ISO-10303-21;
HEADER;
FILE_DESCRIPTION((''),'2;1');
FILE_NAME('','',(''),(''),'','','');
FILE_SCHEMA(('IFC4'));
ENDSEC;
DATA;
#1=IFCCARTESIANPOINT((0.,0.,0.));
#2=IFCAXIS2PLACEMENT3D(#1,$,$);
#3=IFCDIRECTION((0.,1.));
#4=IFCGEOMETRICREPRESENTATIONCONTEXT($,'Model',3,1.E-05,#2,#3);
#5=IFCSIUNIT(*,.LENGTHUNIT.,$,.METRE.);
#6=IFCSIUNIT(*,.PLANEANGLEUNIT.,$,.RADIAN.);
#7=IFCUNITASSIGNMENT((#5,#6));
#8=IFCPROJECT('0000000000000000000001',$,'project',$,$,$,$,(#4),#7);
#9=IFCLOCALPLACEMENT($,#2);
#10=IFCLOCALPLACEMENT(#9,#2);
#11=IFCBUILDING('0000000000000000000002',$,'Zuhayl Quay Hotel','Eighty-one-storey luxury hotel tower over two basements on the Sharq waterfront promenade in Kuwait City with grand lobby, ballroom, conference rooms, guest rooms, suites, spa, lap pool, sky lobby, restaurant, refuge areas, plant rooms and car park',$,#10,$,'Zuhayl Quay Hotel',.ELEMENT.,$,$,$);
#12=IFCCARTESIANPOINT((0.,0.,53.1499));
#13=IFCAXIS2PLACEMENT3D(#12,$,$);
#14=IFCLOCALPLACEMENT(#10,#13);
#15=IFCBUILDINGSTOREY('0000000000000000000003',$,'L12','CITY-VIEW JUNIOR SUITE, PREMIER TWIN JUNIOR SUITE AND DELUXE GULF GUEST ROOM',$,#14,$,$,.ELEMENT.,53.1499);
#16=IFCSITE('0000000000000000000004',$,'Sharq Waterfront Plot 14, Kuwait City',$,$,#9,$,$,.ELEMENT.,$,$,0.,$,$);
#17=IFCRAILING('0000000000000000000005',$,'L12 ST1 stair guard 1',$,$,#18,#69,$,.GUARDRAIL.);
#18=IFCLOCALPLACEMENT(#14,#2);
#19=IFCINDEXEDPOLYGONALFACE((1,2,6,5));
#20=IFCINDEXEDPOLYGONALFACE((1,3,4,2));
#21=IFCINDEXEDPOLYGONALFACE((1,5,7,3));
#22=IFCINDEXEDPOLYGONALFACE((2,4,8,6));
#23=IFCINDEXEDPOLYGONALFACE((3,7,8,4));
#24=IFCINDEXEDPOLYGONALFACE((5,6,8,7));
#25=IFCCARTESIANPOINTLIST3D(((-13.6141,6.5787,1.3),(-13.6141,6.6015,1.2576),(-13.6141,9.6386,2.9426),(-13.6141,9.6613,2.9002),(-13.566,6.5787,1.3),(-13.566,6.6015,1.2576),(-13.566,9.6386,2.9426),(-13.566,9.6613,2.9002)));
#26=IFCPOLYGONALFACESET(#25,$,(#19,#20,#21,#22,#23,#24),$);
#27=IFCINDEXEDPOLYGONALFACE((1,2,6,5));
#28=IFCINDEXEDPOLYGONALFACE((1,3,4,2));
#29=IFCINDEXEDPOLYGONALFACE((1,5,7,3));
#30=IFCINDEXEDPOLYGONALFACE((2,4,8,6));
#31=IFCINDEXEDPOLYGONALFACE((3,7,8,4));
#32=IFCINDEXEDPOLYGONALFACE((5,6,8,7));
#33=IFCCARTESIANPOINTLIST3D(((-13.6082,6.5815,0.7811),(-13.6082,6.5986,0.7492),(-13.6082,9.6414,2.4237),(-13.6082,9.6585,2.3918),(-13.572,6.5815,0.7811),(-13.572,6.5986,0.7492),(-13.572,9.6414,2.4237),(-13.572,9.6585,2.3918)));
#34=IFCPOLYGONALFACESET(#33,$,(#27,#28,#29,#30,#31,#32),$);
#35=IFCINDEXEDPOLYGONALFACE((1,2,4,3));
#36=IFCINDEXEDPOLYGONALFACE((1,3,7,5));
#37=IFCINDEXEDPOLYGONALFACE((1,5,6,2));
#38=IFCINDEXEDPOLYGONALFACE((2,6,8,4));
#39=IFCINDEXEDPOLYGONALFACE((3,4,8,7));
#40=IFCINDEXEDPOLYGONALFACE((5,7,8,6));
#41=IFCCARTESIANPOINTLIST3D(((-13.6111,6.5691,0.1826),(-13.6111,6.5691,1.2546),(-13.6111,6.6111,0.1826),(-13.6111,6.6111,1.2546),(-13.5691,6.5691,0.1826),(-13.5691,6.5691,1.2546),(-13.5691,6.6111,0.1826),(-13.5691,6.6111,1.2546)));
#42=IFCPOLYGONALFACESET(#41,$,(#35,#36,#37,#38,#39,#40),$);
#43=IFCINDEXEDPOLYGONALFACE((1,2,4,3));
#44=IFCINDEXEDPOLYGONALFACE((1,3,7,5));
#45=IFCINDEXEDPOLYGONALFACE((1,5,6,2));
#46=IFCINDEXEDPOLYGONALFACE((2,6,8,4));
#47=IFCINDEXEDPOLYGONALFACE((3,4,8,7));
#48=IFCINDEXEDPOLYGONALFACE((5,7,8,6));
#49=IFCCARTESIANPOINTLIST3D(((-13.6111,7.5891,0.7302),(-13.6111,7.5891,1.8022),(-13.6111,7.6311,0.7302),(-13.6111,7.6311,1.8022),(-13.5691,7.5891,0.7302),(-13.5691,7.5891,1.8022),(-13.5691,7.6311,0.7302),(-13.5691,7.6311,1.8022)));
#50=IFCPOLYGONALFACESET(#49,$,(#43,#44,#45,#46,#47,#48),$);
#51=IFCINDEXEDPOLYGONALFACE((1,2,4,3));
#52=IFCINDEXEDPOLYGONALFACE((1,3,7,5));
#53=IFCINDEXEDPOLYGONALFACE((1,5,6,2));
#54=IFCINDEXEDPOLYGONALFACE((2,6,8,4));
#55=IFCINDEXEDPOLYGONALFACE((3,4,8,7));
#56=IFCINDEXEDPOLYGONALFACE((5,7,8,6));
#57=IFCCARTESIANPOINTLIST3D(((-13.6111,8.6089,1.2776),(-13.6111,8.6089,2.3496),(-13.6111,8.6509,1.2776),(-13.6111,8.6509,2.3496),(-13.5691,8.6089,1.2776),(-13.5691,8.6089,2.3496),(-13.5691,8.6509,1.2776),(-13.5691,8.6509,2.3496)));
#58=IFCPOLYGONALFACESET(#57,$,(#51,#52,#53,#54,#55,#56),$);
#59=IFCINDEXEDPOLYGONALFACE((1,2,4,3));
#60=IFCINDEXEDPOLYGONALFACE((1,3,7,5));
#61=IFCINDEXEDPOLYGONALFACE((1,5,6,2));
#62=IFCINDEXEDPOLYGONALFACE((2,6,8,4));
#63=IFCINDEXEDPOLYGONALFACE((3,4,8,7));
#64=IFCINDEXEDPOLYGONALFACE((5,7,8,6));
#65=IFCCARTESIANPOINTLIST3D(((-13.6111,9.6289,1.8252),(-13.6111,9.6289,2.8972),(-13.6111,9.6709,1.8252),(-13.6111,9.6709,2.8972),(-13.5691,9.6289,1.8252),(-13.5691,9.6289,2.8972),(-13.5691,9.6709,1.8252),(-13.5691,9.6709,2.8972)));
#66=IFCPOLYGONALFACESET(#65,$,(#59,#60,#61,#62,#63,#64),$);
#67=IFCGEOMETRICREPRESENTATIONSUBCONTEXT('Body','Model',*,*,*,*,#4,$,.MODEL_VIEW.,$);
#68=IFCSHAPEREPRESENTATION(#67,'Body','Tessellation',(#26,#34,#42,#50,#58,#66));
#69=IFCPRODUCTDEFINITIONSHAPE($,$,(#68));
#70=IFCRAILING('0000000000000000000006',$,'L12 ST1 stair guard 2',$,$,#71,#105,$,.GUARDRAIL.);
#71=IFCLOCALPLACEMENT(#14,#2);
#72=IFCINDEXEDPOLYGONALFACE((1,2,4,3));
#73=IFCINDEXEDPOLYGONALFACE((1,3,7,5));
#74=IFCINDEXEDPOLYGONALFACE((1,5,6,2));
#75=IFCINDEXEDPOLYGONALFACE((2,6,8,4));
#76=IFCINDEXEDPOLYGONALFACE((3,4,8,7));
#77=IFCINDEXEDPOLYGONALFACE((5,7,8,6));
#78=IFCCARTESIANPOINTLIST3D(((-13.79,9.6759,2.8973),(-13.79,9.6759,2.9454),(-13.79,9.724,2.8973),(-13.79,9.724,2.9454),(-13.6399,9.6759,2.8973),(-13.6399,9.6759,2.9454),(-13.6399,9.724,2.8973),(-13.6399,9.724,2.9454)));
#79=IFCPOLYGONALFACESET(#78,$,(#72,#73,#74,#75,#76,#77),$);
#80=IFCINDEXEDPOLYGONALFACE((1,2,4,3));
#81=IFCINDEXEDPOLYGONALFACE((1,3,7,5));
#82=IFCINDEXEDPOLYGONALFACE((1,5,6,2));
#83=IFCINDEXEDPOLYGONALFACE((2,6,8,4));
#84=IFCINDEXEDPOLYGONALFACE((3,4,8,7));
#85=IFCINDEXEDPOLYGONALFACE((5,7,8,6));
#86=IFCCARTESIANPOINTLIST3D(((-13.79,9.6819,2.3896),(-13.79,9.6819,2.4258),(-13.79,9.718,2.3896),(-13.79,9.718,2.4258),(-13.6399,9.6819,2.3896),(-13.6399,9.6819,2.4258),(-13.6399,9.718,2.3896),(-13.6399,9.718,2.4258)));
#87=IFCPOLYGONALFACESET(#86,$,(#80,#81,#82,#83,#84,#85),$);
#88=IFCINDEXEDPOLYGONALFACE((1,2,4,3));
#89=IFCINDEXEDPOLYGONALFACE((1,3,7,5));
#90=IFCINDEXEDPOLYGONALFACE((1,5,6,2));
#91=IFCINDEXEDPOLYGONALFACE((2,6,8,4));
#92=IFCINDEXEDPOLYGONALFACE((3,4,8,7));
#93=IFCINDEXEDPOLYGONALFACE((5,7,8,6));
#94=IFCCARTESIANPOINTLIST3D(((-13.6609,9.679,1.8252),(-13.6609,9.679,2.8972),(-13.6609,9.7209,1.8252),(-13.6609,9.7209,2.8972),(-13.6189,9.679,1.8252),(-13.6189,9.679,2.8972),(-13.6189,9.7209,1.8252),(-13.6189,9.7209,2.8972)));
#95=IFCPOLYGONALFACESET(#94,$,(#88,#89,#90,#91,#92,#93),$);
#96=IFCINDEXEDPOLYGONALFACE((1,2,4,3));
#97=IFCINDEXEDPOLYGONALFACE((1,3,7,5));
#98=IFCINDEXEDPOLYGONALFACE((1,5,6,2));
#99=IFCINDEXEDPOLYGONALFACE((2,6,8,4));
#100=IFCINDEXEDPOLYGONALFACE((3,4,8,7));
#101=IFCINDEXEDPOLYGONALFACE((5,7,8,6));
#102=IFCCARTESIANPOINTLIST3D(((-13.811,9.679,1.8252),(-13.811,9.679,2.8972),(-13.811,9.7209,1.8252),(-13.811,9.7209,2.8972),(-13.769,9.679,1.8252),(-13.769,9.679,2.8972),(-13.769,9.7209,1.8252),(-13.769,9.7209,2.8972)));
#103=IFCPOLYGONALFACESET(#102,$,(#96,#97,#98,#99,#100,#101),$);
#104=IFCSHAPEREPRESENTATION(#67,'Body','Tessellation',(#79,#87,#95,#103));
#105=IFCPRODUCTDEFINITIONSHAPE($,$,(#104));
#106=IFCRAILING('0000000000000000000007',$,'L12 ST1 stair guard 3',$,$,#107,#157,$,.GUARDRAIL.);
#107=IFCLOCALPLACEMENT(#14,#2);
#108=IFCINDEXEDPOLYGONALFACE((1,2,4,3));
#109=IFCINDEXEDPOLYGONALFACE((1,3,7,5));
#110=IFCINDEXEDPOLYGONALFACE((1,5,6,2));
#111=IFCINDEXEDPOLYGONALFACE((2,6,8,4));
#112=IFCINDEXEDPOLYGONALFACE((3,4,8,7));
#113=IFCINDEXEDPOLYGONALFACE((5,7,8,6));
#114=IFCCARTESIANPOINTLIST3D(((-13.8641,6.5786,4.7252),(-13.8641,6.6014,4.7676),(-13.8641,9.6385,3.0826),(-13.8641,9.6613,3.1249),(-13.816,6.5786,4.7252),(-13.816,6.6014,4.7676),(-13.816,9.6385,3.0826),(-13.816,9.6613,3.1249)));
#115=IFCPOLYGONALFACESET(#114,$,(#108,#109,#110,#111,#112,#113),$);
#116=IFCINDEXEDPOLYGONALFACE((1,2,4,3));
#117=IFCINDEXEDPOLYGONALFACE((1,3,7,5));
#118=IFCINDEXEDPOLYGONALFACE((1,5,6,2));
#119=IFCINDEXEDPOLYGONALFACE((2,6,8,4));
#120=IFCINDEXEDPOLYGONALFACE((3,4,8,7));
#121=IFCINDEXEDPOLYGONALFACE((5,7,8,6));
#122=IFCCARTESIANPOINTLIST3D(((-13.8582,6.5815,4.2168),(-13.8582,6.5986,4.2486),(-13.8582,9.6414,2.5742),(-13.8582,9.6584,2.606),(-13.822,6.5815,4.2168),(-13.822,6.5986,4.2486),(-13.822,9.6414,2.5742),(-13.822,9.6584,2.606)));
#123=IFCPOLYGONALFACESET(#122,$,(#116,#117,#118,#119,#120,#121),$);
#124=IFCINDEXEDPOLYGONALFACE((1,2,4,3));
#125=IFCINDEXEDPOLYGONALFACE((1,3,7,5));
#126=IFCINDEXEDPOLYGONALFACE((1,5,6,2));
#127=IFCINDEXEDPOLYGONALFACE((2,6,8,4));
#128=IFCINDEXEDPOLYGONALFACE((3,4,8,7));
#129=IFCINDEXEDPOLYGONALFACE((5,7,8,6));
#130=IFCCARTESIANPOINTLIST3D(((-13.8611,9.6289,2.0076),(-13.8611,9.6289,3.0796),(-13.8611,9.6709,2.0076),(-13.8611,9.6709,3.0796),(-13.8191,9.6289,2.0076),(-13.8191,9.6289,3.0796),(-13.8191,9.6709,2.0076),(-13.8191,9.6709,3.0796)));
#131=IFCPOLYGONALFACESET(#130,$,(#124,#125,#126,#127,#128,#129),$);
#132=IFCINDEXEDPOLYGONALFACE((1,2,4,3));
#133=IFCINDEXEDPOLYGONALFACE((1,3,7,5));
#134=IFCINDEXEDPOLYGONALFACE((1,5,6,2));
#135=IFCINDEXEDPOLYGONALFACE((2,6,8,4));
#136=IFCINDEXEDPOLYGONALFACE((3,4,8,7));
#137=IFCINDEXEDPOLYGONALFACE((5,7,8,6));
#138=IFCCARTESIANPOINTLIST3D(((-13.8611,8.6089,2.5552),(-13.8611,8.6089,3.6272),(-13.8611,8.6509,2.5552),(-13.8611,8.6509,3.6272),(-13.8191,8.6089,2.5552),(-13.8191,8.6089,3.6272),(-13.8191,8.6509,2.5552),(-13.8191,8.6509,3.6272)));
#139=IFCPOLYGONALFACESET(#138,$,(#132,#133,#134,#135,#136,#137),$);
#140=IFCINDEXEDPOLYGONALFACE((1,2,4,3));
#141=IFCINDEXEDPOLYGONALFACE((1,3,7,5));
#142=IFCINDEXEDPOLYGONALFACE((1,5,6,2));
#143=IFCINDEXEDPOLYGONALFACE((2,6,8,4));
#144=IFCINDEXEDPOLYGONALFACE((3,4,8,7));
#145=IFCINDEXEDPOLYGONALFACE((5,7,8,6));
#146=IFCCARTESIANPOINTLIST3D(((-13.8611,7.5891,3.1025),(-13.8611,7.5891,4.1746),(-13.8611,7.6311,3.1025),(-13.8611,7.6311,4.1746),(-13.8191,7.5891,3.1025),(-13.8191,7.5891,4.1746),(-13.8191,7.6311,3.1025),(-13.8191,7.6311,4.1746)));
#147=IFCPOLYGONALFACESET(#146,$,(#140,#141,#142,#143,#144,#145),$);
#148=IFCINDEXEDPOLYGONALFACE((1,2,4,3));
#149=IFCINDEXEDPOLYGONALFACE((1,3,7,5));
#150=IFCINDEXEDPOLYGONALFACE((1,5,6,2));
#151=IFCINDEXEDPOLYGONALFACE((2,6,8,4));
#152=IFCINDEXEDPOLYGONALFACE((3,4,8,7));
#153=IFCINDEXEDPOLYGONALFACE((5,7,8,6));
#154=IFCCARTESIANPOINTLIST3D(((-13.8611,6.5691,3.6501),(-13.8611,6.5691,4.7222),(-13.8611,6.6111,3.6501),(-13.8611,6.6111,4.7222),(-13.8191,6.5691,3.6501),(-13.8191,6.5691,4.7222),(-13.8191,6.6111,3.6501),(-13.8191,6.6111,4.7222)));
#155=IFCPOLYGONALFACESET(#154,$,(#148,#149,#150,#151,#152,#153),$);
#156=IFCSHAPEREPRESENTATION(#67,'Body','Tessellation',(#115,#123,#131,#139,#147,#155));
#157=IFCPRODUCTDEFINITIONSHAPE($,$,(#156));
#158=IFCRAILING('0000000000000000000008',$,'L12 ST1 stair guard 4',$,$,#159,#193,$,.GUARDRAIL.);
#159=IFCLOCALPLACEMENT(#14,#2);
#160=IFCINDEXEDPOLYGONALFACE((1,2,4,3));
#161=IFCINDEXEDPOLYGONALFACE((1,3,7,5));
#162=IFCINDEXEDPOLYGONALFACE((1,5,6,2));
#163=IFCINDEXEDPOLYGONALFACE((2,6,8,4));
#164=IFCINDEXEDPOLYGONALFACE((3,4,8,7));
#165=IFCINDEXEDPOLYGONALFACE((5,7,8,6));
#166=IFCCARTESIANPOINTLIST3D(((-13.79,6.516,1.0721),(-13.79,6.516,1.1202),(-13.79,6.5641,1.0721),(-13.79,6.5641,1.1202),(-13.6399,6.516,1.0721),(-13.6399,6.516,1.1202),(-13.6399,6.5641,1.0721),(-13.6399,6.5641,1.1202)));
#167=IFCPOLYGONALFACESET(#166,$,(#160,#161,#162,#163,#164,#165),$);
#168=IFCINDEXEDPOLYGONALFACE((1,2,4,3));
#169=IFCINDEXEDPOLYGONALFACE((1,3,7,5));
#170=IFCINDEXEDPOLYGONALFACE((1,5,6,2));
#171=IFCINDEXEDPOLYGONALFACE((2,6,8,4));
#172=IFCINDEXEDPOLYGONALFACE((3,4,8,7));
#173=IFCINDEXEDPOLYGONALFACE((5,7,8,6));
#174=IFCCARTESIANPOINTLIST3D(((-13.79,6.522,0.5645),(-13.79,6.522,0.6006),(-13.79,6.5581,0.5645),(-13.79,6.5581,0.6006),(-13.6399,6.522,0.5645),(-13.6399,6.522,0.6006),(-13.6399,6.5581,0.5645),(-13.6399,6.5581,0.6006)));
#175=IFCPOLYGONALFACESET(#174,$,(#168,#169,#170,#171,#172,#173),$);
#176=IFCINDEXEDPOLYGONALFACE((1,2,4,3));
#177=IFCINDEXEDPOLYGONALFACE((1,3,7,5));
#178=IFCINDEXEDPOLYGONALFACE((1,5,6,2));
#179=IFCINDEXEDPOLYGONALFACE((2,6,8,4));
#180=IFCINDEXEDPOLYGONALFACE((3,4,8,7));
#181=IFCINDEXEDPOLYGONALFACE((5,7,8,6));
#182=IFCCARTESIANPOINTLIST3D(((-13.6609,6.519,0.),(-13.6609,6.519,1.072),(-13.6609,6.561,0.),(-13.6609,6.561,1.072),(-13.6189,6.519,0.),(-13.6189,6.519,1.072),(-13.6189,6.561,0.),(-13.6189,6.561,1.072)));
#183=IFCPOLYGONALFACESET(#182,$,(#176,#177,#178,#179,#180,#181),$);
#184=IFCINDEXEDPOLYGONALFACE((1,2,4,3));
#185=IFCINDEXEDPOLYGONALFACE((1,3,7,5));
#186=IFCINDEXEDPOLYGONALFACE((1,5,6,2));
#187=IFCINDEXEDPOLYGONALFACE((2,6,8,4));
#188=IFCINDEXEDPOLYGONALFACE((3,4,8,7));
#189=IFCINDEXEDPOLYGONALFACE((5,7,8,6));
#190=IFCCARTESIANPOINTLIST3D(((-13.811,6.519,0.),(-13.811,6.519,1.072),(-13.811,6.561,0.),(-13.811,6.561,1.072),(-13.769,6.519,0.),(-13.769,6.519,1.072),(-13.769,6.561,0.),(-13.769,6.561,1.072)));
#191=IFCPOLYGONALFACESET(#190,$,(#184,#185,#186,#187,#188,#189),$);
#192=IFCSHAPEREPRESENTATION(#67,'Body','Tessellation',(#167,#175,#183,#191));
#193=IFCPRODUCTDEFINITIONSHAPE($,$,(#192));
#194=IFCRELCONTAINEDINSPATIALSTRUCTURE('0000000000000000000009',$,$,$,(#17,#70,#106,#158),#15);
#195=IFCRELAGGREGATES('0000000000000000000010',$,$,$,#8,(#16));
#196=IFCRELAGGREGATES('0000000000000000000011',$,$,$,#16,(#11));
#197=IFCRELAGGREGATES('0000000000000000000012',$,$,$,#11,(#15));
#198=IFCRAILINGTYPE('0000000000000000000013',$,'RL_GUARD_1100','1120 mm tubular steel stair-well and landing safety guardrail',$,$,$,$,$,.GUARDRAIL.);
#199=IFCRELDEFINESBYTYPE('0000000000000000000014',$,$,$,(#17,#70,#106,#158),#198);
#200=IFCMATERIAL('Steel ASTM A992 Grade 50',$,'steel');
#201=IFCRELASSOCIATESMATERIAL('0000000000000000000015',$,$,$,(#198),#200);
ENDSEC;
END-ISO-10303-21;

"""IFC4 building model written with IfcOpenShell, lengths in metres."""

from ifc_helpers import new_model, si_unit, direction, frame, origin, origin_2d, place, context, subcontext, project, spatial, rectangle, extrude, material, type_object, element, save


model = new_model("IFC4")

# Units and contexts
model_context = context("Model", 3, precision=1e-05, world=origin(), true_north=direction((0.0, 1.0)))
body_context = subcontext(model_context, "Body", "Model", "MODEL_VIEW")
ifc_project = project(units=[si_unit("LENGTHUNIT", "METRE"), si_unit("PLANEANGLEUNIT", "RADIAN")], contexts=[model_context])

# Site, building, storey
site_placement = place(None, origin())
site = spatial("IfcSite", under=ifc_project, at=site_placement, Name="Sharq Waterfront Plot 14, Kuwait City", CompositionType="ELEMENT", RefElevation=0.0)
building_placement = place(site_placement, origin())
building = spatial("IfcBuilding", under=site, at=building_placement, Name="Zuhayl Quay Hotel", Description="Eighty-one-storey luxury hotel tower over two basements on the Sharq waterfront promenade in Kuwait City with grand lobby, ballroom, conference rooms, guest rooms, suites, spa, lap pool, sky lobby, restaurant, refuge areas, plant rooms and car park", LongName="Zuhayl Quay Hotel", CompositionType="ELEMENT")
storey_placement = place(building_placement, frame((0.0, 0.0, 53.1499)))
storey = spatial("IfcBuildingStorey", under=building, at=storey_placement, Name="L12", Description="CITY-VIEW JUNIOR SUITE, PREMIER TWIN JUNIOR SUITE AND DELUXE GULF GUEST ROOM", CompositionType="ELEMENT", Elevation=53.1499)

# Shared definitions
ifc_material_1 = material(Name="Steel ASTM A992 Grade 50", Category="steel")

# Railings
railing_type_1 = type_object("IfcRailingType", Name="RL_GUARD_1100", Description="1120 mm tubular steel stair-well and landing safety guardrail", PredefinedType="GUARDRAIL", material=ifc_material_1)
railing_1_placement = place(storey_placement, frame((-13.5901, 6.5901, 0.1826)))
element("IfcRailing", 1, at=railing_1_placement, inside=storey, type_object=railing_type_1, Name="L12 ST1 stair guard 1", PredefinedType="GUARDRAIL", context=body_context, shape_type="SweptSolid", body=[
    extrude(rectangle(XDim=0.0481, YDim=0.0481, at=origin_2d()), frame((0.0, 0.0, 1.0962), z_axis=(0.0, 0.881073, 0.47298), x_axis=(-1.0, 0.0, 0.0)), (0.0, 0.0, 1.0), 3.4729),
    extrude(rectangle(XDim=0.0361, YDim=0.0361, at=origin_2d()), frame((0.0, 0.0, 0.5825), z_axis=(0.0, 0.881073, 0.47298), x_axis=(-1.0, 0.0, 0.0)), (0.0, 0.0, 1.0), 3.4729),
    extrude(rectangle(XDim=0.042, YDim=0.042, at=origin_2d()), origin(), (0.0, 0.0, 1.0), 1.072),
    extrude(rectangle(XDim=0.042, YDim=0.042, at=origin_2d()), frame((0.0, 1.02, 0.5476)), (0.0, 0.0, 1.0), 1.072),
    extrude(rectangle(XDim=0.042, YDim=0.042, at=origin_2d()), frame((0.0, 2.0398, 1.095)), (0.0, 0.0, 1.0), 1.072),
    extrude(rectangle(XDim=0.042, YDim=0.042, at=origin_2d()), frame((0.0, 3.0598, 1.6426)), (0.0, 0.0, 1.0), 1.072),
])
railing_2_placement = place(storey_placement, frame((-13.6399, 9.7, 1.8252)))
element("IfcRailing", 2, at=railing_2_placement, inside=storey, type_object=railing_type_1, Name="L12 ST1 stair guard 2", PredefinedType="GUARDRAIL", context=body_context, shape_type="SweptSolid", body=[
    extrude(rectangle(XDim=0.0481, YDim=0.0481, at=origin_2d()), frame((0.0, 0.0, 1.0962), z_axis=(-1.0, 0.0, 0.0), x_axis=(0.0, -1.0, 0.0)), (0.0, 0.0, 1.0), 0.1501),
    extrude(rectangle(XDim=0.0361, YDim=0.0361, at=origin_2d()), frame((0.0, 0.0, 0.5825), z_axis=(-1.0, 0.0, 0.0), x_axis=(0.0, -1.0, 0.0)), (0.0, 0.0, 1.0), 0.1501),
    extrude(rectangle(XDim=0.042, YDim=0.042, at=origin_2d()), origin(), (0.0, 0.0, 1.0), 1.072),
    extrude(rectangle(XDim=0.042, YDim=0.042, at=origin_2d()), frame((-0.1501, 0.0, 0.0)), (0.0, 0.0, 1.0), 1.072),
])
railing_3_placement = place(storey_placement, frame((-13.8401, 9.6499, 2.0076)))
element("IfcRailing", 3, at=railing_3_placement, inside=storey, type_object=railing_type_1, Name="L12 ST1 stair guard 3", PredefinedType="GUARDRAIL", context=body_context, shape_type="SweptSolid", body=[
    extrude(rectangle(XDim=0.0481, YDim=0.0481, at=origin_2d()), frame((0.0, 0.0, 1.0962), z_axis=(0.0, -0.881073, 0.47298), x_axis=(1.0, 0.0, 0.0)), (0.0, 0.0, 1.0), 3.4729),
    extrude(rectangle(XDim=0.0361, YDim=0.0361, at=origin_2d()), frame((0.0, 0.0, 0.5825), z_axis=(0.0, -0.881073, 0.47298), x_axis=(1.0, 0.0, 0.0)), (0.0, 0.0, 1.0), 3.4729),
    extrude(rectangle(XDim=0.042, YDim=0.042, at=origin_2d()), origin(), (0.0, 0.0, 1.0), 1.072),
    extrude(rectangle(XDim=0.042, YDim=0.042, at=origin_2d()), frame((0.0, -1.02, 0.5476)), (0.0, 0.0, 1.0), 1.072),
    extrude(rectangle(XDim=0.042, YDim=0.042, at=origin_2d()), frame((0.0, -2.0398, 1.095)), (0.0, 0.0, 1.0), 1.072),
    extrude(rectangle(XDim=0.042, YDim=0.042, at=origin_2d()), frame((0.0, -3.0598, 1.6426)), (0.0, 0.0, 1.0), 1.072),
])
railing_4_placement = place(storey_placement, frame((-13.6399, 6.54, 0.0)))
element("IfcRailing", 4, at=railing_4_placement, inside=storey, type_object=railing_type_1, Name="L12 ST1 stair guard 4", PredefinedType="GUARDRAIL", context=body_context, shape_type="SweptSolid", body=[
    extrude(rectangle(XDim=0.0481, YDim=0.0481, at=origin_2d()), frame((0.0, 0.0, 1.0962), z_axis=(-1.0, 0.0, 0.0), x_axis=(0.0, -1.0, 0.0)), (0.0, 0.0, 1.0), 0.1501),
    extrude(rectangle(XDim=0.0361, YDim=0.0361, at=origin_2d()), frame((0.0, 0.0, 0.5825), z_axis=(-1.0, 0.0, 0.0), x_axis=(0.0, -1.0, 0.0)), (0.0, 0.0, 1.0), 0.1501),
    extrude(rectangle(XDim=0.042, YDim=0.042, at=origin_2d()), origin(), (0.0, 0.0, 1.0), 1.072),
    extrude(rectangle(XDim=0.042, YDim=0.042, at=origin_2d()), frame((-0.1501, 0.0, 0.0)), (0.0, 0.0, 1.0), 1.072),
])

save(model, "model.ifc")
